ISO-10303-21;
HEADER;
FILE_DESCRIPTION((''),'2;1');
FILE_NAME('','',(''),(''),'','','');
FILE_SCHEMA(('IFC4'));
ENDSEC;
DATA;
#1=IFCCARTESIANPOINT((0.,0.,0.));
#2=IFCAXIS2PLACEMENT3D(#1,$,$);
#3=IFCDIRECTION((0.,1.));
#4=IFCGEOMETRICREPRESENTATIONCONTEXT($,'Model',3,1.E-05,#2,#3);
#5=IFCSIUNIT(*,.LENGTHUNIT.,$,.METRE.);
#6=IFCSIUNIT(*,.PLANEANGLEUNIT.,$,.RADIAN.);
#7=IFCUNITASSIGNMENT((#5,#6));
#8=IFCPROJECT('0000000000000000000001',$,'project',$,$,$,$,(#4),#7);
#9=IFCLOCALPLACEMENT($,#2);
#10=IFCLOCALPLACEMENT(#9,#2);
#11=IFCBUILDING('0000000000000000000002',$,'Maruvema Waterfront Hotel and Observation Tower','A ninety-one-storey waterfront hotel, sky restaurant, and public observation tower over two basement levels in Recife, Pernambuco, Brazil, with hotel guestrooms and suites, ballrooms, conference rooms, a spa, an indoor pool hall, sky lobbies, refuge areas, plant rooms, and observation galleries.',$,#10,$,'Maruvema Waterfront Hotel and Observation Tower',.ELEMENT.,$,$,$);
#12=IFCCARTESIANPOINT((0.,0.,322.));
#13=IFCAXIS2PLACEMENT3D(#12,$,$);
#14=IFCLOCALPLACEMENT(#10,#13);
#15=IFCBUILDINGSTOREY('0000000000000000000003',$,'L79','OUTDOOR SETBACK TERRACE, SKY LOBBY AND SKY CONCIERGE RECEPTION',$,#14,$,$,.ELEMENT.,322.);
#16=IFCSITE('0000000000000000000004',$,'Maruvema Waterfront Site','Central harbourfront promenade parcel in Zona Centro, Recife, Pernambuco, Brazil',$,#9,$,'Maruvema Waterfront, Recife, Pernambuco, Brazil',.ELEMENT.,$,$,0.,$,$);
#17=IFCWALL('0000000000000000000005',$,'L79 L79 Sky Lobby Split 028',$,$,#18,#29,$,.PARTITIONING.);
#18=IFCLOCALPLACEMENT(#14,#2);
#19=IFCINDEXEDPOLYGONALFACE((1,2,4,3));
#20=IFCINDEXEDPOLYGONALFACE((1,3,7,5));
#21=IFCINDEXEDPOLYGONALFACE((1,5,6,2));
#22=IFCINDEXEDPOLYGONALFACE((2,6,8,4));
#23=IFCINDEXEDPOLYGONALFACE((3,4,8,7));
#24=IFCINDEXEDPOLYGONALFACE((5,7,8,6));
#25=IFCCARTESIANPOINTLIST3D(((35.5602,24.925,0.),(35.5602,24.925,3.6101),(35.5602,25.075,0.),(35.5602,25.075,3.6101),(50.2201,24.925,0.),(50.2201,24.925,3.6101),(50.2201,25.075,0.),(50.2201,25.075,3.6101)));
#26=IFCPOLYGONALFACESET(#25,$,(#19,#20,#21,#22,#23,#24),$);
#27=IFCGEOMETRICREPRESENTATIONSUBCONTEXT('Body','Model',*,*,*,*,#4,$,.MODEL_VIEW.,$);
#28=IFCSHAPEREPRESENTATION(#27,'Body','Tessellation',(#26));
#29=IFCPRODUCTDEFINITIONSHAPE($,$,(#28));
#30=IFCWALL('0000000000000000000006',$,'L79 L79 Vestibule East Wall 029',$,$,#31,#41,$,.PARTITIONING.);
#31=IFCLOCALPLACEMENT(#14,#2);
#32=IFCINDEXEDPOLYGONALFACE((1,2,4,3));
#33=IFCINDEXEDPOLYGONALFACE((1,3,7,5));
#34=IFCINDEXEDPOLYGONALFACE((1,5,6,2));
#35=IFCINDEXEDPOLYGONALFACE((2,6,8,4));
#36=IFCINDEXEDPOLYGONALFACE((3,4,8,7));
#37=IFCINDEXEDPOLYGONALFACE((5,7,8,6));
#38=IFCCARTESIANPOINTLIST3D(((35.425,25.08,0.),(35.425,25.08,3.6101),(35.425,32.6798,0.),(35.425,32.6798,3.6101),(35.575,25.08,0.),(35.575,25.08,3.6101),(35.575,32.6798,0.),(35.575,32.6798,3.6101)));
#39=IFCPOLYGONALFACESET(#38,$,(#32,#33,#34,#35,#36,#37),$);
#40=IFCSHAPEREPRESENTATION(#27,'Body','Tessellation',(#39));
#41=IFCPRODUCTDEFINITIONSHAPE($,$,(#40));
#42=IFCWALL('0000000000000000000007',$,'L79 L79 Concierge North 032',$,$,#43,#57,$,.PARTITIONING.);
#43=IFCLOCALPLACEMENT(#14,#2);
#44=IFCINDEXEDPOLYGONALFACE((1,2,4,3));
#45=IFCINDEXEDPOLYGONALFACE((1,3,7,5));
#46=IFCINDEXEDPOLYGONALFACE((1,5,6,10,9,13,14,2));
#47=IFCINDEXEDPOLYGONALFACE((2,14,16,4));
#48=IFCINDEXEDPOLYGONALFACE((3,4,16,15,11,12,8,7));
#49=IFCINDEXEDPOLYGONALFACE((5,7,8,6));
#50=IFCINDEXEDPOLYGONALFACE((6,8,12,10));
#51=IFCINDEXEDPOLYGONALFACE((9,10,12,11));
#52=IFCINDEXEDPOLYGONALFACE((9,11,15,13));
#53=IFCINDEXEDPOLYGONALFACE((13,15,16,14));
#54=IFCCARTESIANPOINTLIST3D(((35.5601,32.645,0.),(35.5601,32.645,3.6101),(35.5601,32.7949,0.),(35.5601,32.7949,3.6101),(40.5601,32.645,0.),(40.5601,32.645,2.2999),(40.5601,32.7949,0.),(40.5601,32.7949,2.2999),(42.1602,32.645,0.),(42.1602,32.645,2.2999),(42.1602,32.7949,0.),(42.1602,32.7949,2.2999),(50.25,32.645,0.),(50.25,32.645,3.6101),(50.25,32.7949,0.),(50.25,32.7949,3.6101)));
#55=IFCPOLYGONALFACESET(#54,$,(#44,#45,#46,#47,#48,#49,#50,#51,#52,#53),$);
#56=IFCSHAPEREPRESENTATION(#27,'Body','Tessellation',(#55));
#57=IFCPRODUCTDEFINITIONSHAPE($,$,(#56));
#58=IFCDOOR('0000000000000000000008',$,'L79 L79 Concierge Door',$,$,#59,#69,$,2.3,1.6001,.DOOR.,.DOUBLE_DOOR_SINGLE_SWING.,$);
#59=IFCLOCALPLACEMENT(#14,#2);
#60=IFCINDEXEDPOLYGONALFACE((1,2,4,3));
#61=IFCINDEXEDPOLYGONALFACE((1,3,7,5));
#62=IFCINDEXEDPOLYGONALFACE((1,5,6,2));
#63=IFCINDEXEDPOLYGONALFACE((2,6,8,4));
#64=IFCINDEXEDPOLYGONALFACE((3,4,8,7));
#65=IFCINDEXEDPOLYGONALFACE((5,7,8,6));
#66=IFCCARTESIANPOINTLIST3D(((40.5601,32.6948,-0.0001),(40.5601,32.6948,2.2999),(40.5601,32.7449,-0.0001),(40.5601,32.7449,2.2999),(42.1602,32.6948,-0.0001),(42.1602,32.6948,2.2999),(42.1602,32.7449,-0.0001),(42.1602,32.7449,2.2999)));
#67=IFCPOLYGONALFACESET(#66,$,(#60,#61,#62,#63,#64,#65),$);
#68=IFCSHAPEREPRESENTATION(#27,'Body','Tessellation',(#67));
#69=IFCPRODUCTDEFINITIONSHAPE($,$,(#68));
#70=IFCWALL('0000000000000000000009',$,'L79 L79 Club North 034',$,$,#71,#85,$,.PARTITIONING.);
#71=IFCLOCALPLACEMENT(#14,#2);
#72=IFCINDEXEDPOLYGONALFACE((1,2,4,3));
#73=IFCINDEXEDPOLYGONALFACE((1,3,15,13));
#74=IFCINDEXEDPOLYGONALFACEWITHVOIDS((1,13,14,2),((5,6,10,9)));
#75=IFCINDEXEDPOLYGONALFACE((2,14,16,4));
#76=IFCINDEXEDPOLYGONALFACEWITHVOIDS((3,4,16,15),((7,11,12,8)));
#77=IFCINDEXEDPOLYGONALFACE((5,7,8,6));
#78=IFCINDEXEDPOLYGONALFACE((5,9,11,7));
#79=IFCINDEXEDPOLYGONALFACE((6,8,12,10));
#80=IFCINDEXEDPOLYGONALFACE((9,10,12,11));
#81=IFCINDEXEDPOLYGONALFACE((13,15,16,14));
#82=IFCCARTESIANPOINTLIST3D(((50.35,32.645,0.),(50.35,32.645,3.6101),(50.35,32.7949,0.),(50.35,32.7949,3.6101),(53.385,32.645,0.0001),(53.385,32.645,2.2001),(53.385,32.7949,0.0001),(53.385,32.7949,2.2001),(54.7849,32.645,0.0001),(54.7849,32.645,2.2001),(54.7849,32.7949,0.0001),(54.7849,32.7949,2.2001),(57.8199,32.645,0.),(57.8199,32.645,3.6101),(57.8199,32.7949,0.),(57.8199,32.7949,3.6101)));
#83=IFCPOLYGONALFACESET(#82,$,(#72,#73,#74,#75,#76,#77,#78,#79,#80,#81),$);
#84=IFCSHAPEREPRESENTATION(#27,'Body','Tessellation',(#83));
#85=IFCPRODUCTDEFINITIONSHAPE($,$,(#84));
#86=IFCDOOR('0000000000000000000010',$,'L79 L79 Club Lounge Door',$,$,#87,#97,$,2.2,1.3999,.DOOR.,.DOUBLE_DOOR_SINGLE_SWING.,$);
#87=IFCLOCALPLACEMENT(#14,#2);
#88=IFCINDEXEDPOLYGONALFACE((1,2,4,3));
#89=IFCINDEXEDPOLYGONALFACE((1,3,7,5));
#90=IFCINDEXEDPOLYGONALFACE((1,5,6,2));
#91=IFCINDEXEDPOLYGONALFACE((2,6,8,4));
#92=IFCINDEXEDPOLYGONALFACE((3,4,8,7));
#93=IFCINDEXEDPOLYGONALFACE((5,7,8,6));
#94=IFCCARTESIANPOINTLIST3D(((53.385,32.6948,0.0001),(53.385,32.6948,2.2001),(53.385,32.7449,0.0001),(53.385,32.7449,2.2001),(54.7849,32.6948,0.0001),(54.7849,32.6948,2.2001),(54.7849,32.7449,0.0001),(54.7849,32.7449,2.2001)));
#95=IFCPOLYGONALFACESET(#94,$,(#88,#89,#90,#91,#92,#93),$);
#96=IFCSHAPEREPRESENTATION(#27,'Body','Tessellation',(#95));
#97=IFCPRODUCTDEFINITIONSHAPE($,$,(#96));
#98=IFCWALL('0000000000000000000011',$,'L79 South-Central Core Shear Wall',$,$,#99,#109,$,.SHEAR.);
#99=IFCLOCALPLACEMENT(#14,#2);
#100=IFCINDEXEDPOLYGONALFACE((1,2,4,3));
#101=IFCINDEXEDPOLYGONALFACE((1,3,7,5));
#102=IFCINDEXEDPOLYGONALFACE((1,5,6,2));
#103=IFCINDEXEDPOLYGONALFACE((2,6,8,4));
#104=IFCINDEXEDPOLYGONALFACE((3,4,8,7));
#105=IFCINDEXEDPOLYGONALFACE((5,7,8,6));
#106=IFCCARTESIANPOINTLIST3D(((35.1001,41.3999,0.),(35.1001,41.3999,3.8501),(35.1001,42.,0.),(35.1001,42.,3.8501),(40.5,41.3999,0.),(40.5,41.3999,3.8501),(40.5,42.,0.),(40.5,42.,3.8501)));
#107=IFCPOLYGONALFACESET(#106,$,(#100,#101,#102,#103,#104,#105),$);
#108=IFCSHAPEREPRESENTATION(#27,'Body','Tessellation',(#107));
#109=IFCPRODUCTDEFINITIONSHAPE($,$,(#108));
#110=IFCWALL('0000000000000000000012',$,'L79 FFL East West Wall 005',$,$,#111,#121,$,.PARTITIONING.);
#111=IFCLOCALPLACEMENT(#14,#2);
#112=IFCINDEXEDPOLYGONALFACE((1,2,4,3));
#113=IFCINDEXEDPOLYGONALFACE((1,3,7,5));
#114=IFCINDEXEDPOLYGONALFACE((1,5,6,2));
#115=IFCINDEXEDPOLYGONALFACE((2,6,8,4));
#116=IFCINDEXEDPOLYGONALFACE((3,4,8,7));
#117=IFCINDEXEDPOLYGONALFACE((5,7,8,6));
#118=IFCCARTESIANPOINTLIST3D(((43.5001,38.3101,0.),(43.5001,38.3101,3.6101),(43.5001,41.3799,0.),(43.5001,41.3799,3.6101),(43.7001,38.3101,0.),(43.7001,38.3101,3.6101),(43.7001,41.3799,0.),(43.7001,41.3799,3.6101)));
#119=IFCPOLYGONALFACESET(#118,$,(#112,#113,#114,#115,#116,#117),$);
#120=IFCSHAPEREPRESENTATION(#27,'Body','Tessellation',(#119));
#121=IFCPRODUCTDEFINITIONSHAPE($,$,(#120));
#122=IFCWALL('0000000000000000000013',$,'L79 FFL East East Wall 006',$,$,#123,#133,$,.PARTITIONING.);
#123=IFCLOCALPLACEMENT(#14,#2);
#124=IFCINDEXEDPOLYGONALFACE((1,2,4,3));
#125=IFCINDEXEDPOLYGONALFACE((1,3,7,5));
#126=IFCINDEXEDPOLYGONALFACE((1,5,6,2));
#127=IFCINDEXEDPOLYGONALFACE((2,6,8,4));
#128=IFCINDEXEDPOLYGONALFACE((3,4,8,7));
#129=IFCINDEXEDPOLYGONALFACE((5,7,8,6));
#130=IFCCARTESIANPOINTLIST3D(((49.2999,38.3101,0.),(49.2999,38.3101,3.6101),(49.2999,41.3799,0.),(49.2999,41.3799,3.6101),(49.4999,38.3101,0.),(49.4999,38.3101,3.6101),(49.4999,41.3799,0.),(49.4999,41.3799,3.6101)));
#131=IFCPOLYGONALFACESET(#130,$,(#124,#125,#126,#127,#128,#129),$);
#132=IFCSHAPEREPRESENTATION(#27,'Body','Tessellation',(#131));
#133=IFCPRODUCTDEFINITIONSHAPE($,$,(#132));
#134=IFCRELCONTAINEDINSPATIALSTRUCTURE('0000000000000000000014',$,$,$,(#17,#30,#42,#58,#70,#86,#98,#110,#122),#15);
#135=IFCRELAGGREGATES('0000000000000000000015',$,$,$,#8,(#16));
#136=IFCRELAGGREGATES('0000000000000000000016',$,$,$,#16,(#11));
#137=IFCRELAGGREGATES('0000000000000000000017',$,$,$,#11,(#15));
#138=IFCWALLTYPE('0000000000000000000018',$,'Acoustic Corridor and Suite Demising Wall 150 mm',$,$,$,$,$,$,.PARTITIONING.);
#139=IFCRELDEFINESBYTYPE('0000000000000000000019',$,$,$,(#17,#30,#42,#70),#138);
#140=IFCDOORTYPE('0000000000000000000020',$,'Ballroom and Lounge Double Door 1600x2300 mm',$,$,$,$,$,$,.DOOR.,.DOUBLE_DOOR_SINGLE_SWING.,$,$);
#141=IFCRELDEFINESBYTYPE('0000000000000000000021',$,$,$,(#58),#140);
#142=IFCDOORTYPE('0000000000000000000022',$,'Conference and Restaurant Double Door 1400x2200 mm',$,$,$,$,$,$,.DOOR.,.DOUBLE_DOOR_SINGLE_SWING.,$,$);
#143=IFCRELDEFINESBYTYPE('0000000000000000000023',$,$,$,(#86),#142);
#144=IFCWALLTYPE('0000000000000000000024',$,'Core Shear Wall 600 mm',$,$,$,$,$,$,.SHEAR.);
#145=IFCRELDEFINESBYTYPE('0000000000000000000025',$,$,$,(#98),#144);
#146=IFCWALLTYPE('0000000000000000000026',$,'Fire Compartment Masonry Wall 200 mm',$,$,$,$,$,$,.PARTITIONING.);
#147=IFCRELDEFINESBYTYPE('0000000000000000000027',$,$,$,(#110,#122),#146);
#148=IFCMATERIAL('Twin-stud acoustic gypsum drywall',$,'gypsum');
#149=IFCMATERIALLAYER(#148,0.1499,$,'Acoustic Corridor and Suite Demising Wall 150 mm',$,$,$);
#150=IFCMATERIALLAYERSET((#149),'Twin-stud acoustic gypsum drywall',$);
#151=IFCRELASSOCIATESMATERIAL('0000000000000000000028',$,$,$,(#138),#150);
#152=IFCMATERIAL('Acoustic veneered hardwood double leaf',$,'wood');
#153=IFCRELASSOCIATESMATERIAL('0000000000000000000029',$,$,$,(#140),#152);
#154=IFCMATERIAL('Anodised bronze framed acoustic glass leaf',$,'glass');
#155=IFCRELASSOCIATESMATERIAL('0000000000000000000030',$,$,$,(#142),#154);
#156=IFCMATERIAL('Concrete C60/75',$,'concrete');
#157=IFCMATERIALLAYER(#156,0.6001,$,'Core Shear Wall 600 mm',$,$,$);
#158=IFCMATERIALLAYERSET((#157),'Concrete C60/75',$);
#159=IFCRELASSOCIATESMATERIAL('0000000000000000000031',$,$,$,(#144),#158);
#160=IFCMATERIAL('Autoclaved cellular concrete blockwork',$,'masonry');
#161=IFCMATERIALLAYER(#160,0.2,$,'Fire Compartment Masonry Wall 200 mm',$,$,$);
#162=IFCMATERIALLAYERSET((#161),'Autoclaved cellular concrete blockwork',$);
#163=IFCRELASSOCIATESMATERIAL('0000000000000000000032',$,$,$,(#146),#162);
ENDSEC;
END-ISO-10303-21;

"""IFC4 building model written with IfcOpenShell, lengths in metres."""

from ifc_helpers import new_model, si_unit, direction, frame, frame_2d, origin, place, context, subcontext, project, spatial, rectangle, extrude, material, layer, layer_set, type_object, element, fill, save


model = new_model("IFC4")

# Units and contexts
model_context = context("Model", 3, precision=1e-05, world=origin(), true_north=direction((0.0, 1.0)))
body_context = subcontext(model_context, "Body", "Model", "MODEL_VIEW")
ifc_project = project(units=[si_unit("LENGTHUNIT", "METRE"), si_unit("PLANEANGLEUNIT", "RADIAN")], contexts=[model_context])

# Site, building, storey
site_placement = place(None, origin())
site = spatial("IfcSite", under=ifc_project, at=site_placement, Name="Maruvema Waterfront Site", Description="Central harbourfront promenade parcel in Zona Centro, Recife, Pernambuco, Brazil", LongName="Maruvema Waterfront, Recife, Pernambuco, Brazil", CompositionType="ELEMENT", RefElevation=0.0)
building_placement = place(site_placement, origin())
building = spatial("IfcBuilding", under=site, at=building_placement, Name="Maruvema Waterfront Hotel and Observation Tower", Description="A ninety-one-storey waterfront hotel, sky restaurant, and public observation tower over two basement levels in Recife, Pernambuco, Brazil, with hotel guestrooms and suites, ballrooms, conference rooms, a spa, an indoor pool hall, sky lobbies, refuge areas, plant rooms, and observation galleries.", LongName="Maruvema Waterfront Hotel and Observation Tower", CompositionType="ELEMENT")
storey_placement = place(building_placement, frame((0.0, 0.0, 322.0)))
storey = spatial("IfcBuildingStorey", under=building, at=storey_placement, Name="L79", Description="OUTDOOR SETBACK TERRACE, SKY LOBBY AND SKY CONCIERGE RECEPTION", CompositionType="ELEMENT", Elevation=322.0)

# Walls
ifc_material_1 = material(Name="Twin-stud acoustic gypsum drywall", Category="gypsum")
ifc_layer_1 = layer(ifc_material_1, 0.1499, Name="Acoustic Corridor and Suite Demising Wall 150 mm")
ifc_layer_set_1 = layer_set([ifc_layer_1], Name="Twin-stud acoustic gypsum drywall")
wall_type_1 = type_object("IfcWallType", Name="Acoustic Corridor and Suite Demising Wall 150 mm", PredefinedType="PARTITIONING", material=ifc_layer_set_1)
wall_1_placement = place(storey_placement, frame((35.5601, 25.0, 0.0), z_axis=(0.0, 0.0, 1.0), x_axis=(1.0, 0.0, 0.0)))
element("IfcWall", 1, at=wall_1_placement, inside=storey, type_object=wall_type_1, Name="L79 L79 Sky Lobby Split 028", PredefinedType="PARTITIONING", context=body_context, shape_type="SweptSolid", body=[
    extrude(rectangle(XDim=14.6599, YDim=0.1499, at=frame_2d((7.3301, 0.0))), origin(), (0.0, 0.0, 1.0), 3.6101),
])
wall_2_placement = place(storey_placement, frame((35.5, 25.0801, 0.0), z_axis=(0.0, 0.0, 1.0), x_axis=(0.0, 1.0, 0.0)))
element("IfcWall", 2, at=wall_2_placement, inside=storey, type_object=wall_type_1, Name="L79 L79 Vestibule East Wall 029", PredefinedType="PARTITIONING", context=body_context, shape_type="SweptSolid", body=[
    extrude(rectangle(XDim=7.5999, YDim=0.1499, at=frame_2d((3.7998, 0.0))), origin(), (0.0, 0.0, 1.0), 3.6101),
])

# Walls, openings, doors
wall_3_placement = place(storey_placement, frame((35.5601, 32.72, 0.0), z_axis=(0.0, 0.0, 1.0), x_axis=(1.0, 0.0, 0.0)))
wall_3 = element("IfcWall", 3, at=wall_3_placement, inside=storey, type_object=wall_type_1, Name="L79 L79 Concierge North 032", PredefinedType="PARTITIONING", context=body_context, shape_type="SweptSolid", body=[
    extrude(rectangle(XDim=14.6899, YDim=0.1499, at=frame_2d((7.345, 0.0))), origin(), (0.0, 0.0, 1.0), 3.6101),
])
opening_1_placement = place(wall_3_placement, frame((5.0, 0.0, 0.0)))
opening_1 = element("IfcOpeningElement", 4, at=opening_1_placement, cuts=wall_3, PredefinedType="OPENING", context=body_context, shape_type="SweptSolid", body=[
    extrude(rectangle(XDim=1.6001, YDim=2.3, at=frame_2d((0.8, 1.1499))), frame((0.0, 0.085, 0.0), z_axis=(0.0, -1.0, 0.0), x_axis=(1.0, 0.0, 0.0)), (0.0, 0.0, 1.0), 0.1699),
])
ifc_material_2 = material(Name="Acoustic veneered hardwood double leaf", Category="wood")
door_type_1 = type_object("IfcDoorType", Name="Ballroom and Lounge Double Door 1600x2300 mm", OperationType="DOUBLE_DOOR_SINGLE_SWING", PredefinedType="DOOR", material=ifc_material_2)
door_1_placement = place(opening_1_placement, origin())
door_1 = element("IfcDoor", 5, at=door_1_placement, inside=storey, type_object=door_type_1, Name="L79 L79 Concierge Door", OperationType="DOUBLE_DOOR_SINGLE_SWING", OverallHeight=2.3, OverallWidth=1.6001, PredefinedType="DOOR", context=body_context, shape_type="SweptSolid", body=[
    extrude(rectangle(XDim=1.6001, YDim=2.3, at=frame_2d((0.8, 1.1499))), frame((0.0, 0.0249, 0.0), z_axis=(0.0, -1.0, 0.0), x_axis=(1.0, 0.0, 0.0)), (0.0, 0.0, 1.0), 0.05),
])
fill(opening_1, door_1)
wall_4_placement = place(storey_placement, frame((50.3501, 32.72, 0.0), z_axis=(0.0, 0.0, 1.0), x_axis=(1.0, 0.0, 0.0)))
wall_4 = element("IfcWall", 6, at=wall_4_placement, inside=storey, type_object=wall_type_1, Name="L79 L79 Club North 034", PredefinedType="PARTITIONING", context=body_context, shape_type="SweptSolid", body=[
    extrude(rectangle(XDim=7.47, YDim=0.1499, at=frame_2d((3.7349, 0.0))), origin(), (0.0, 0.0, 1.0), 3.6101),
])
opening_2_placement = place(wall_4_placement, frame((3.0349, 0.0, 0.0)))
opening_2 = element("IfcOpeningElement", 7, at=opening_2_placement, cuts=wall_4, PredefinedType="OPENING", context=body_context, shape_type="SweptSolid", body=[
    extrude(rectangle(XDim=1.3999, YDim=2.2, at=frame_2d((0.7, 1.1001))), frame((0.0, 0.085, 0.0), z_axis=(0.0, -1.0, 0.0), x_axis=(1.0, 0.0, 0.0)), (0.0, 0.0, 1.0), 0.1699),
])
ifc_material_3 = material(Name="Anodised bronze framed acoustic glass leaf", Category="glass")
door_type_2 = type_object("IfcDoorType", Name="Conference and Restaurant Double Door 1400x2200 mm", OperationType="DOUBLE_DOOR_SINGLE_SWING", PredefinedType="DOOR", material=ifc_material_3)
door_2_placement = place(opening_2_placement, origin())
door_2 = element("IfcDoor", 8, at=door_2_placement, inside=storey, type_object=door_type_2, Name="L79 L79 Club Lounge Door", OperationType="DOUBLE_DOOR_SINGLE_SWING", OverallHeight=2.2, OverallWidth=1.3999, PredefinedType="DOOR", context=body_context, shape_type="SweptSolid", body=[
    extrude(rectangle(XDim=1.3999, YDim=2.2, at=frame_2d((0.7, 1.1001))), frame((0.0, 0.0249, 0.0), z_axis=(0.0, -1.0, 0.0), x_axis=(1.0, 0.0, 0.0)), (0.0, 0.0, 1.0), 0.05),
])
fill(opening_2, door_2)

# Wall
ifc_material_4 = material(Name="Concrete C60/75", Category="concrete")
ifc_layer_2 = layer(ifc_material_4, 0.6001, Name="Core Shear Wall 600 mm")
ifc_layer_set_2 = layer_set([ifc_layer_2], Name="Concrete C60/75")
wall_type_2 = type_object("IfcWallType", Name="Core Shear Wall 600 mm", PredefinedType="SHEAR", material=ifc_layer_set_2)
wall_5_placement = place(storey_placement, frame((35.1001, 41.7, 0.0), z_axis=(0.0, 0.0, 1.0), x_axis=(1.0, 0.0, 0.0)))
element("IfcWall", 9, at=wall_5_placement, inside=storey, type_object=wall_type_2, Name="L79 South-Central Core Shear Wall", PredefinedType="SHEAR", context=body_context, shape_type="SweptSolid", body=[
    extrude(rectangle(XDim=5.3999, YDim=0.6001, at=frame_2d((2.7, 0.0))), origin(), (0.0, 0.0, 1.0), 3.8501),
])

# Shared definitions
ifc_material_5 = material(Name="Autoclaved cellular concrete blockwork", Category="masonry")
ifc_layer_3 = layer(ifc_material_5, 0.2, Name="Fire Compartment Masonry Wall 200 mm")
ifc_layer_set_3 = layer_set([ifc_layer_3], Name="Autoclaved cellular concrete blockwork")
wall_type_3 = type_object("IfcWallType", Name="Fire Compartment Masonry Wall 200 mm", PredefinedType="PARTITIONING", material=ifc_layer_set_3)

# Walls
for number, where, z_axis, x_axis, name in (
    (10, (43.6001, 38.3101, 0.0), (0.0, 0.0, 1.0), (0.0, 1.0, 0.0), "L79 FFL East West Wall 005"),
    (11, (49.3999, 38.3101, 0.0), (0.0, 0.0, 1.0), (0.0, 1.0, 0.0), "L79 FFL East East Wall 006"),
):
    element("IfcWall", number, at=place(storey_placement, frame(where, z_axis=z_axis, x_axis=x_axis)), inside=storey, type_object=wall_type_3, Name=name, PredefinedType="PARTITIONING", context=body_context, shape_type="SweptSolid", body=[
        extrude(rectangle(XDim=3.0698, YDim=0.2, at=frame_2d((1.5349, 0.0))), origin(), (0.0, 0.0, 1.0), 3.6101),
    ])

save(model, "model.ifc")
